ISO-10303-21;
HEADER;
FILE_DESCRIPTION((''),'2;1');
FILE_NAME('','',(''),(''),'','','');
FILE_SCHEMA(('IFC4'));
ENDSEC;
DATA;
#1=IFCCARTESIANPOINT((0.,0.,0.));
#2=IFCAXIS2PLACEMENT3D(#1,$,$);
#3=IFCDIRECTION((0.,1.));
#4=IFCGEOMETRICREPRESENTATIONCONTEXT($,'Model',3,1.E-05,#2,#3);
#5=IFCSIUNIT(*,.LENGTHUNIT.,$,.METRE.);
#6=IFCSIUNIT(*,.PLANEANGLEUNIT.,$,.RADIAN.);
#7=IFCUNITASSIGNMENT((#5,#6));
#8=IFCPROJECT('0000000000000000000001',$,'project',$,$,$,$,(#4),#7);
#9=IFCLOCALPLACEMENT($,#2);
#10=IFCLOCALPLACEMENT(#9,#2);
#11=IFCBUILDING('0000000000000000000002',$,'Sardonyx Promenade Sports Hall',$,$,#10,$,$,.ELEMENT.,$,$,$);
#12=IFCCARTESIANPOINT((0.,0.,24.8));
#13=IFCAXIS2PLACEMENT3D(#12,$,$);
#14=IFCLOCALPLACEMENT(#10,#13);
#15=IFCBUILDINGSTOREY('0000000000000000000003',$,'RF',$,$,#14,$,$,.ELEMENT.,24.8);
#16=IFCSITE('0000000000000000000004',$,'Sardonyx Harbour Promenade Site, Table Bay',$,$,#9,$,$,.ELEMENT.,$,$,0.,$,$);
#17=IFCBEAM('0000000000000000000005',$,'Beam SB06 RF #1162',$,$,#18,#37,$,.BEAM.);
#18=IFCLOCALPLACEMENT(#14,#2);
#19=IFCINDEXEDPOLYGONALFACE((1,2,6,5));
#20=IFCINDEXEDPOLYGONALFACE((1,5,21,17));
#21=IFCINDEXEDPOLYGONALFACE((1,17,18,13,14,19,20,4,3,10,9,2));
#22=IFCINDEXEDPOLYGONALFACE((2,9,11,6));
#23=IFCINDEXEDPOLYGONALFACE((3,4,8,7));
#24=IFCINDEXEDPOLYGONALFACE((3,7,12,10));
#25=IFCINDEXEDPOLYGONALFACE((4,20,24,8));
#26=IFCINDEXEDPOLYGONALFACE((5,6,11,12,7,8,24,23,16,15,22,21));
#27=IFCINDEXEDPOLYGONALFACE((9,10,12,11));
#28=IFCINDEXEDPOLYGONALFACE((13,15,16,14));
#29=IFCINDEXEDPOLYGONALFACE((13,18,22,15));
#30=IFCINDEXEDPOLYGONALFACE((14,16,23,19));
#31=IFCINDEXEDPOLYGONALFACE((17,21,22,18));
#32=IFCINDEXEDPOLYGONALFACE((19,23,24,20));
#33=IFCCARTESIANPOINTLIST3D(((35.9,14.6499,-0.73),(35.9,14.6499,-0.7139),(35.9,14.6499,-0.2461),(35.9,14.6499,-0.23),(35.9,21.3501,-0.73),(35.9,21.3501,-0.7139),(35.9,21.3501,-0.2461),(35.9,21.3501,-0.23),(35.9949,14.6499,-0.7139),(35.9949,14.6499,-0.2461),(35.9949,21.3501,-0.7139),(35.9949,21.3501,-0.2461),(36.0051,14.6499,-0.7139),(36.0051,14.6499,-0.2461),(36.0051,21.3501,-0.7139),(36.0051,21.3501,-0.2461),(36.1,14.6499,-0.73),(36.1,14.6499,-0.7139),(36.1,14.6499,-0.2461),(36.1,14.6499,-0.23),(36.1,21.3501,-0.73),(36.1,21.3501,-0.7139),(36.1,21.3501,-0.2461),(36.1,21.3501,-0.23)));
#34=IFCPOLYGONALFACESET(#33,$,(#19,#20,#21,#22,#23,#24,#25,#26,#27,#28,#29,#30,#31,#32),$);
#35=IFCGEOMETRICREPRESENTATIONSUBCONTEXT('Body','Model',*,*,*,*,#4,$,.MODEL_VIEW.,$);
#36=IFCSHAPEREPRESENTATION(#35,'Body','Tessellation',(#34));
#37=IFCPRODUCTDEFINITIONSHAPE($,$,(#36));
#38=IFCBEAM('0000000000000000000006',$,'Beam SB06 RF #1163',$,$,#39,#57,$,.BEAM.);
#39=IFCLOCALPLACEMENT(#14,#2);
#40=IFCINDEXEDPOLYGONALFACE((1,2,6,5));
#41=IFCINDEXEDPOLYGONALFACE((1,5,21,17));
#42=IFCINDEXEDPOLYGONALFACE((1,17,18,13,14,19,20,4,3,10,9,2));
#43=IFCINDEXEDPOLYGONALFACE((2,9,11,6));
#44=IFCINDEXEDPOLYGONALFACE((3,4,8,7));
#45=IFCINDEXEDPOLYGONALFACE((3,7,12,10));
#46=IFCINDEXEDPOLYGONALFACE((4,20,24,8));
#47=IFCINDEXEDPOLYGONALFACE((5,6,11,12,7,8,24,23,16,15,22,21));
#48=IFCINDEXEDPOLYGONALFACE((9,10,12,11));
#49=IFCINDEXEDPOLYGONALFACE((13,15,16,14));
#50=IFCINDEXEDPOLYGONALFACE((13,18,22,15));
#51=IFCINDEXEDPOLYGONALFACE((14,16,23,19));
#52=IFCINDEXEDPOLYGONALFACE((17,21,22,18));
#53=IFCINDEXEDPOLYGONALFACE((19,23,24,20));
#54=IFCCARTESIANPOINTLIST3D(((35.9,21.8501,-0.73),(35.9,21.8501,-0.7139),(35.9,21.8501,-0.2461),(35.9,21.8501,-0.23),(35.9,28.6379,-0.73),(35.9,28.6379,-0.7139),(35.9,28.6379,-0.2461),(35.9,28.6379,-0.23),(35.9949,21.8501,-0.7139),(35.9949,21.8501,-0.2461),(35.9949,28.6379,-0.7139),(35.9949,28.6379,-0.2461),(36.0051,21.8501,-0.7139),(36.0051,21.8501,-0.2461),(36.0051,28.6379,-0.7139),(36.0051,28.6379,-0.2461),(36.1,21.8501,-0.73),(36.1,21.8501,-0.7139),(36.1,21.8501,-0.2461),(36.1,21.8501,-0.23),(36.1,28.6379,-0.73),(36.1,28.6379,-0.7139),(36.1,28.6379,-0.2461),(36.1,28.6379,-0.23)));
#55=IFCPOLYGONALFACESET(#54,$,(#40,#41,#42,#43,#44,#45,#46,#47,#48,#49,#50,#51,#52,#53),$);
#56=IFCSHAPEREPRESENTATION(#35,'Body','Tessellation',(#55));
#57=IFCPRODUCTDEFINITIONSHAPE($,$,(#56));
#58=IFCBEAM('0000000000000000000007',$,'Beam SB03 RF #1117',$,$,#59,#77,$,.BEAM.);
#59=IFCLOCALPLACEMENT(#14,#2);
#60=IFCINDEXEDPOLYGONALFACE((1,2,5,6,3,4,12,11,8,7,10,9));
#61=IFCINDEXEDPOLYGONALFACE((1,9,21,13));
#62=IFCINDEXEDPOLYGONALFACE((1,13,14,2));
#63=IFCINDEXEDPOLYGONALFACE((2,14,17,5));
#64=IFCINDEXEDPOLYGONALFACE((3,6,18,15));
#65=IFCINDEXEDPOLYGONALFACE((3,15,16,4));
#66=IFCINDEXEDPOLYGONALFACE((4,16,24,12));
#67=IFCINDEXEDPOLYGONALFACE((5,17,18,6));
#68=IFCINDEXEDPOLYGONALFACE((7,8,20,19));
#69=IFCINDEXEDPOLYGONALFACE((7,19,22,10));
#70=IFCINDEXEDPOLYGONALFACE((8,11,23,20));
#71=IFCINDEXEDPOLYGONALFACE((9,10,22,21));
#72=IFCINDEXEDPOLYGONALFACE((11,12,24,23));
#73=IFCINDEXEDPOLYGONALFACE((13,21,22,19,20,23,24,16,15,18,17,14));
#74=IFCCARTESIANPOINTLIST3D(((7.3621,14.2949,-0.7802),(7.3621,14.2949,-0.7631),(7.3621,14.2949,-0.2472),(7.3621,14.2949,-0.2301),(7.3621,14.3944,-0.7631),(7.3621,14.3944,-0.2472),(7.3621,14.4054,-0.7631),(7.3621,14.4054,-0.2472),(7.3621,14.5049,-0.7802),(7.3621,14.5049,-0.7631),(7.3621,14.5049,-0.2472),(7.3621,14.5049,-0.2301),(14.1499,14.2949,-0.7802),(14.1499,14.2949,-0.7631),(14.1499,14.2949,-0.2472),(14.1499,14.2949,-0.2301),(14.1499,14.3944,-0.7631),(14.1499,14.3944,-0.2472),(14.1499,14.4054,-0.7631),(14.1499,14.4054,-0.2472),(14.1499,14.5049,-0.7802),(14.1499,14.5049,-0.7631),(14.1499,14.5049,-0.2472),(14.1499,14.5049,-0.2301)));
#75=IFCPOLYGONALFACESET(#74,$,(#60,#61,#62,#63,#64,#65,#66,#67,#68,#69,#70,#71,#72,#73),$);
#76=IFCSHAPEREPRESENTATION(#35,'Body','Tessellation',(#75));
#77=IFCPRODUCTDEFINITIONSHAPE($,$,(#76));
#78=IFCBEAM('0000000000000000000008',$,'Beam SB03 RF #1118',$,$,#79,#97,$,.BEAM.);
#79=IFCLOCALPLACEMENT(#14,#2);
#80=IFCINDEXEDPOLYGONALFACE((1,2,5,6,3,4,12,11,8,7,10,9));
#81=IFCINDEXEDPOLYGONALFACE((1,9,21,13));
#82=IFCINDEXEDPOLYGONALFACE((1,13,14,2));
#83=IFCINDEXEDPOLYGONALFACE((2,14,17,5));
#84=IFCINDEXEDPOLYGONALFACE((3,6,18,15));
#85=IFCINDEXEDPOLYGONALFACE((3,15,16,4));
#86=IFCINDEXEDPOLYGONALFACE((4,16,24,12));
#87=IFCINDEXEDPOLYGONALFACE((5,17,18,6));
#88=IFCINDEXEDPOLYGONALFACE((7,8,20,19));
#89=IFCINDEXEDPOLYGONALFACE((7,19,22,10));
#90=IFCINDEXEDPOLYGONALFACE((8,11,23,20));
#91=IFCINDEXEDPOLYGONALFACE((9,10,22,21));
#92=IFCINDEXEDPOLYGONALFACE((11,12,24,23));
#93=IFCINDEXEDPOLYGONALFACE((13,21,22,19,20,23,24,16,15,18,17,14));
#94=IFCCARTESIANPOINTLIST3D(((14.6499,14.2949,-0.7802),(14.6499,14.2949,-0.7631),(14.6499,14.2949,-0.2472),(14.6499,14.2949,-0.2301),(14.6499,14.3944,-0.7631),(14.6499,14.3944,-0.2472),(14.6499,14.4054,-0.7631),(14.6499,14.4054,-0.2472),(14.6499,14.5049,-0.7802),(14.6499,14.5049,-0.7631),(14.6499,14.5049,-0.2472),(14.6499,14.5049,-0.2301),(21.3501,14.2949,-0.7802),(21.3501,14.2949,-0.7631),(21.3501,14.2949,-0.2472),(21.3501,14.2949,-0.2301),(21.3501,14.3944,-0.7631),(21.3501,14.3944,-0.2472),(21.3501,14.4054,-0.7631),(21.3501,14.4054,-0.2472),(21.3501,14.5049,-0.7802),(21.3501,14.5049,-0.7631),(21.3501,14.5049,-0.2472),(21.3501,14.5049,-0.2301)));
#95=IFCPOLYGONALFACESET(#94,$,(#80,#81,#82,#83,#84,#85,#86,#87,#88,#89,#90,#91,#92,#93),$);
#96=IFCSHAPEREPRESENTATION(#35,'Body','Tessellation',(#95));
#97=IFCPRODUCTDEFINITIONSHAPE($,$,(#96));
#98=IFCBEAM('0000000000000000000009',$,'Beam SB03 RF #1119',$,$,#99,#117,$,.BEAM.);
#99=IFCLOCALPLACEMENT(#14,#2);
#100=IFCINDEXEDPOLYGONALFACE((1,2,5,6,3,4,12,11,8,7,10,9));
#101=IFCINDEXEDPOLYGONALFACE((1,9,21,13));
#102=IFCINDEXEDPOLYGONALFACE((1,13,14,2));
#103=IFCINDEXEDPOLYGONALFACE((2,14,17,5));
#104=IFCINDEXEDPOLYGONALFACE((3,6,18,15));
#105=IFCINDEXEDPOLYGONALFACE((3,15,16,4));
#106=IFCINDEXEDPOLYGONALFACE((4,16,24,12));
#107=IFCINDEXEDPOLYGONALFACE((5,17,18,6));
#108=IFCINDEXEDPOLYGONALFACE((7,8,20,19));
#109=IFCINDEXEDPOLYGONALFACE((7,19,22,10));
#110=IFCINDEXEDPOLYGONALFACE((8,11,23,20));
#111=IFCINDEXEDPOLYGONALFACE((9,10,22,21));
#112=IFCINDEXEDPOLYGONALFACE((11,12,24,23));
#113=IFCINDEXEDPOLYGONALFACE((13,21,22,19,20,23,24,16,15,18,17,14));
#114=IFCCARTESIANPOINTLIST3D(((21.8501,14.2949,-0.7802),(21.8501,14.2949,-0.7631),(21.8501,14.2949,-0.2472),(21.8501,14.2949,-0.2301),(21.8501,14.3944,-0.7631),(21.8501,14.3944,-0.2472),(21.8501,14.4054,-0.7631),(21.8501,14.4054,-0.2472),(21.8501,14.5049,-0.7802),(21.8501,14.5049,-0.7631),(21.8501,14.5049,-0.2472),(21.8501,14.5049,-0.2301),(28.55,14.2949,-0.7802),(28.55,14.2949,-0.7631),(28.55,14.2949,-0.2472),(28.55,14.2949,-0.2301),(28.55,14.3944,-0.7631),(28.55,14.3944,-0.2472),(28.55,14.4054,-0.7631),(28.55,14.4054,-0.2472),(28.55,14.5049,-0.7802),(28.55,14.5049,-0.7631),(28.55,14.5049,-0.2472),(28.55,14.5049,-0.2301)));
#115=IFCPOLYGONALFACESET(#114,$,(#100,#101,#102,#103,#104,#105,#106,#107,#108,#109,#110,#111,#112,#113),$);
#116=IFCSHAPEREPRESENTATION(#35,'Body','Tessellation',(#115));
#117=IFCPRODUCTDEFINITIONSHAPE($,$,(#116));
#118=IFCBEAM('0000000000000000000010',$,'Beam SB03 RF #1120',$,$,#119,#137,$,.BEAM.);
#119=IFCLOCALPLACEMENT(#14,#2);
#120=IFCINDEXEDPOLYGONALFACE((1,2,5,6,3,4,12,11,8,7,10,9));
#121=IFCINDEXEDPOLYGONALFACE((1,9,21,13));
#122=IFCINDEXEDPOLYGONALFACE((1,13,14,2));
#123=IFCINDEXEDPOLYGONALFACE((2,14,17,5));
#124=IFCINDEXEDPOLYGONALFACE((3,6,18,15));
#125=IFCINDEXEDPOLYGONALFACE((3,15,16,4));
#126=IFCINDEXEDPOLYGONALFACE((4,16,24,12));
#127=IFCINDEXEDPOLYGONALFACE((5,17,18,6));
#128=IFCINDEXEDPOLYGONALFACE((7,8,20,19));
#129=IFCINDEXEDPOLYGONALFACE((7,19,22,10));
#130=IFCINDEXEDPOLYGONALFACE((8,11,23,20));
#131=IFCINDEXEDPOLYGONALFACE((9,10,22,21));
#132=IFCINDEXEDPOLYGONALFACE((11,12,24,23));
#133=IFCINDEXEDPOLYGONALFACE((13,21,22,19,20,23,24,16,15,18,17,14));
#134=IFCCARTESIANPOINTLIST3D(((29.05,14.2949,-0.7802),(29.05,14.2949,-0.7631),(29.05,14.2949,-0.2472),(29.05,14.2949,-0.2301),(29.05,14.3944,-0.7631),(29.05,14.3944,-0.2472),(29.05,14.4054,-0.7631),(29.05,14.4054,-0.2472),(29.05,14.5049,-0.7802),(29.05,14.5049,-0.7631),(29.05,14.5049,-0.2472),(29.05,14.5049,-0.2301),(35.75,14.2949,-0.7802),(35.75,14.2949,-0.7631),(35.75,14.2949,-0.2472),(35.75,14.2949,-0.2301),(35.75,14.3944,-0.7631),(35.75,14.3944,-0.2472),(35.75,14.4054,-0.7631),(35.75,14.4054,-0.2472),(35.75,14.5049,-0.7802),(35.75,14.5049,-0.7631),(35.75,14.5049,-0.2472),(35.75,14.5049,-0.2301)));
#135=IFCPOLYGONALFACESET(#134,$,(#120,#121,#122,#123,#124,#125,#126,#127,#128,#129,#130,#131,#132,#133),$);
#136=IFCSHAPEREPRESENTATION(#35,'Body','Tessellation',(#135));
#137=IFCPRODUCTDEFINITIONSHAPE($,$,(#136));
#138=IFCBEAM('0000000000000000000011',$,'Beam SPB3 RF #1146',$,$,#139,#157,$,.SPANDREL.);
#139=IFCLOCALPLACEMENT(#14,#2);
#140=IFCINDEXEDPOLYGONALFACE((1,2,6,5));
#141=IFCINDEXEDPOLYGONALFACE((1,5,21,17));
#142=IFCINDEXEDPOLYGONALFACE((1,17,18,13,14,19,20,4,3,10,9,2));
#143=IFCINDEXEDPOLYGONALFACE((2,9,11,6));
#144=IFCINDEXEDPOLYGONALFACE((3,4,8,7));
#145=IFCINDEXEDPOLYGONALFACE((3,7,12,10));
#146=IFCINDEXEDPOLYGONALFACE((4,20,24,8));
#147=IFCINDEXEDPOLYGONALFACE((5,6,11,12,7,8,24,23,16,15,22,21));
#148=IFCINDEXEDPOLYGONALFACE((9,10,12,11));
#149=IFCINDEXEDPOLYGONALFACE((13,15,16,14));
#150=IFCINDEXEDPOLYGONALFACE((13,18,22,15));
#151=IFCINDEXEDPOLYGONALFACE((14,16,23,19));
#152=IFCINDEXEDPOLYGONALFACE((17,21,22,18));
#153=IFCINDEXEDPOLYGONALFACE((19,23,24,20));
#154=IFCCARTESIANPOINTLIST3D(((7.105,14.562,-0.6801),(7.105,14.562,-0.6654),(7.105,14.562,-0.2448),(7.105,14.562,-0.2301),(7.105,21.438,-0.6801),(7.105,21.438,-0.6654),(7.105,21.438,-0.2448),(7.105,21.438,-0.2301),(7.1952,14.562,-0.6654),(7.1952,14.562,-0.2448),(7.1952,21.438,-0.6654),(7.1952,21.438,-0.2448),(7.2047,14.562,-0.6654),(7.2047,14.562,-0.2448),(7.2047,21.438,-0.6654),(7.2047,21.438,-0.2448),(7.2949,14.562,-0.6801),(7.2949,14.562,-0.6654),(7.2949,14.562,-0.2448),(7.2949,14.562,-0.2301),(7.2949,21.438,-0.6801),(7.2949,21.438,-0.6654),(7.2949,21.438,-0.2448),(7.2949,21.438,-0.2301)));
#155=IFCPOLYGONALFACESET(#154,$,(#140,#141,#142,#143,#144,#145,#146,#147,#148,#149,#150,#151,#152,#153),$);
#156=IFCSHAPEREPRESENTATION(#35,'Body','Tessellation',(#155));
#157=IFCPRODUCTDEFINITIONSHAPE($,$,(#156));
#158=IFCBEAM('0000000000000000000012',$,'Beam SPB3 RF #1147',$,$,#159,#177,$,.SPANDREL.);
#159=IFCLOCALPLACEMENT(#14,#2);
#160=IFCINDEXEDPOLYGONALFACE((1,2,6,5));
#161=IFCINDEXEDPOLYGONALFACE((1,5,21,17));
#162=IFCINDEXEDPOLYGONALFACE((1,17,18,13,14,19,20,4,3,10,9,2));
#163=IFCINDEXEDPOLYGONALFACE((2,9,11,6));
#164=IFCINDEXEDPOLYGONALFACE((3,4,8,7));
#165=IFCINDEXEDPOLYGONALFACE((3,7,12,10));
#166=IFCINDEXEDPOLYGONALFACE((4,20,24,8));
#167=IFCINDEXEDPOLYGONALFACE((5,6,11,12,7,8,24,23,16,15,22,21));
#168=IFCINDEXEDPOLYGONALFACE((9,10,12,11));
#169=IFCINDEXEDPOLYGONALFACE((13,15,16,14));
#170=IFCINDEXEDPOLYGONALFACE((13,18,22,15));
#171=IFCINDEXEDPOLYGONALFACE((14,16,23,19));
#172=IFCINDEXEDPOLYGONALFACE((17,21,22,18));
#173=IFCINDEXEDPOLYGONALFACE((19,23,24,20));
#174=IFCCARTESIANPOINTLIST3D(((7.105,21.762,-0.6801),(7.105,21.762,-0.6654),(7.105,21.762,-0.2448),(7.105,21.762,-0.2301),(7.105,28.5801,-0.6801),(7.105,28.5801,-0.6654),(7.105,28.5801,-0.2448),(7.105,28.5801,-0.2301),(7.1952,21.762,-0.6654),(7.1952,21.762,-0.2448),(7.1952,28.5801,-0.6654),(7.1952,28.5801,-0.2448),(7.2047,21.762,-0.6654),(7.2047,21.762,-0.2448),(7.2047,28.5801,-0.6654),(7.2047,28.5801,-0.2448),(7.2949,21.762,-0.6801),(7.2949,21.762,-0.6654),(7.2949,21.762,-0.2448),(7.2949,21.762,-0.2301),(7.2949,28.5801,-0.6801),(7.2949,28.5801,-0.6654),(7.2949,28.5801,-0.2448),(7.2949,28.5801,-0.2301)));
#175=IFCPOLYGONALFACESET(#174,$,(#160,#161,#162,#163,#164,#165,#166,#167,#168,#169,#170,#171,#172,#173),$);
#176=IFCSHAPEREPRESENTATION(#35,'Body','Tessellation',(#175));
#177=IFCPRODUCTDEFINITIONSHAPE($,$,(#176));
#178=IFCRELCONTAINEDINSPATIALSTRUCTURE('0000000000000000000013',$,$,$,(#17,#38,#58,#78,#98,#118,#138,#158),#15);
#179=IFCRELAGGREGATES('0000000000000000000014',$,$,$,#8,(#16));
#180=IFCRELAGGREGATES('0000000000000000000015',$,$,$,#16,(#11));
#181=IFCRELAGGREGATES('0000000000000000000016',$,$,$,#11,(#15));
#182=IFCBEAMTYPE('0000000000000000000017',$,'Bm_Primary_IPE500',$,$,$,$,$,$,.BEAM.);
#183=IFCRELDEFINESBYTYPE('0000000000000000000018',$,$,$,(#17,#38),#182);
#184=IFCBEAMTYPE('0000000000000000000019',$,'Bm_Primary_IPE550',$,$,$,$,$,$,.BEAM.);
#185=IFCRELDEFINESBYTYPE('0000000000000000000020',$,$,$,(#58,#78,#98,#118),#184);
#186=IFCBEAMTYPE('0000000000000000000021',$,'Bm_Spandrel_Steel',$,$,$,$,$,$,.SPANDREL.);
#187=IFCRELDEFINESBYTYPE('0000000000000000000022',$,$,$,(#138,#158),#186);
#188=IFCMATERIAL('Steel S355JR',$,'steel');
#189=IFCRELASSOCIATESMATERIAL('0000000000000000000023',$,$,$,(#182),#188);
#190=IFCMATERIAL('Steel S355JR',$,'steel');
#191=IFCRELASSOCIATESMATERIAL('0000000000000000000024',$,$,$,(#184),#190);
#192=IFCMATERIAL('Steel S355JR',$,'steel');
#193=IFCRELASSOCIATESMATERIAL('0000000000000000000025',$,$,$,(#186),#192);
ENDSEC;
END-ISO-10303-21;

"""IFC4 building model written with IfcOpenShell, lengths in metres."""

from ifc_helpers import new_model, si_unit, direction, frame, origin, origin_2d, place, context, subcontext, project, spatial, i_section, extrude, material, material_profile, profile_set, type_object, element, save


model = new_model("IFC4")

# Units and contexts
model_context = context("Model", 3, precision=1e-05, world=origin(), true_north=direction((0.0, 1.0)))
body_context = subcontext(model_context, "Body", "Model", "MODEL_VIEW")
ifc_project = project(units=[si_unit("LENGTHUNIT", "METRE"), si_unit("PLANEANGLEUNIT", "RADIAN")], contexts=[model_context])

# Site, building, storey
site_placement = place(None, origin())
site = spatial("IfcSite", under=ifc_project, at=site_placement, Name="Sardonyx Harbour Promenade Site, Table Bay", CompositionType="ELEMENT", RefElevation=0.0)
building_placement = place(site_placement, origin())
building = spatial("IfcBuilding", under=site, at=building_placement, Name="Sardonyx Promenade Sports Hall", CompositionType="ELEMENT")
storey_placement = place(building_placement, frame((0.0, 0.0, 24.8)))
storey = spatial("IfcBuildingStorey", under=building, at=storey_placement, Name="RF", CompositionType="ELEMENT", Elevation=24.8)

# Beams
ifc_material_1 = material(Name="Steel S355JR", Category="steel")
ifc_material_profile_1 = material_profile(ifc_material_1, i_section(OverallWidth=0.2, OverallDepth=0.5, WebThickness=0.0103, FlangeThickness=0.0161, at=origin_2d()))
ifc_profile_set_1 = profile_set([ifc_material_profile_1], Name="Steel S355JR")
beam_type_1 = type_object("IfcBeamType", Name="Bm_Primary_IPE500", PredefinedType="BEAM", material=ifc_profile_set_1)
beam_1_placement = place(storey_placement, frame((36.0, 14.6499, -0.48), z_axis=(0.0, 1.0, 0.0), x_axis=(-1.0, 0.0, 0.0)))
element("IfcBeam", 1, at=beam_1_placement, inside=storey, type_object=beam_type_1, Name="Beam SB06 RF #1162", PredefinedType="BEAM", context=body_context, shape_type="SweptSolid", body=[
    extrude(i_section(OverallWidth=0.2, OverallDepth=0.5, WebThickness=0.0103, FlangeThickness=0.0161, at=origin_2d()), origin(), (0.0, 0.0, 1.0), 6.7002),
])
beam_2_placement = place(storey_placement, frame((36.0, 21.8501, -0.48), z_axis=(0.0, 1.0, 0.0), x_axis=(-1.0, 0.0, 0.0)))
element("IfcBeam", 2, at=beam_2_placement, inside=storey, type_object=beam_type_1, Name="Beam SB06 RF #1163", PredefinedType="BEAM", context=body_context, shape_type="SweptSolid", body=[
    extrude(i_section(OverallWidth=0.2, OverallDepth=0.5, WebThickness=0.0103, FlangeThickness=0.0161, at=origin_2d()), origin(), (0.0, 0.0, 1.0), 6.7878),
])
ifc_material_2 = material(Name="Steel S355JR", Category="steel")
ifc_material_profile_2 = material_profile(ifc_material_2, i_section(OverallWidth=0.21, OverallDepth=0.55, WebThickness=0.011, FlangeThickness=0.0171, at=origin_2d()))
ifc_profile_set_2 = profile_set([ifc_material_profile_2], Name="Steel S355JR")
beam_type_2 = type_object("IfcBeamType", Name="Bm_Primary_IPE550", PredefinedType="BEAM", material=ifc_profile_set_2)
beam_3_placement = place(storey_placement, frame((7.3621, 14.3999, -0.5051), z_axis=(1.0, 0.0, 0.0), x_axis=(0.0, 1.0, 0.0)))
element("IfcBeam", 3, at=beam_3_placement, inside=storey, type_object=beam_type_2, Name="Beam SB03 RF #1117", PredefinedType="BEAM", context=body_context, shape_type="SweptSolid", body=[
    extrude(i_section(OverallWidth=0.21, OverallDepth=0.55, WebThickness=0.011, FlangeThickness=0.0171, at=origin_2d()), origin(), (0.0, 0.0, 1.0), 6.7878),
])
beam_4_placement = place(storey_placement, frame((14.6499, 14.3999, -0.5051), z_axis=(1.0, 0.0, 0.0), x_axis=(0.0, 1.0, 0.0)))
element("IfcBeam", 4, at=beam_4_placement, inside=storey, type_object=beam_type_2, Name="Beam SB03 RF #1118", PredefinedType="BEAM", context=body_context, shape_type="SweptSolid", body=[
    extrude(i_section(OverallWidth=0.21, OverallDepth=0.55, WebThickness=0.011, FlangeThickness=0.0171, at=origin_2d()), origin(), (0.0, 0.0, 1.0), 6.7002),
])
for number, where, z_axis, x_axis, name in (
    (5, (21.8501, 14.3999, -0.5051), (1.0, 0.0, 0.0), (0.0, 1.0, 0.0), "Beam SB03 RF #1119"),
    (6, (29.05, 14.3999, -0.5051), (1.0, 0.0, 0.0), (0.0, 1.0, 0.0), "Beam SB03 RF #1120"),
):
    element("IfcBeam", number, at=place(storey_placement, frame(where, z_axis=z_axis, x_axis=x_axis)), inside=storey, type_object=beam_type_2, Name=name, PredefinedType="BEAM", context=body_context, shape_type="SweptSolid", body=[
        extrude(i_section(OverallWidth=0.21, OverallDepth=0.55, WebThickness=0.011, FlangeThickness=0.0171, at=origin_2d()), origin(), (0.0, 0.0, 1.0), 6.7),
    ])
ifc_material_3 = material(Name="Steel S355JR", Category="steel")
ifc_material_profile_3 = material_profile(ifc_material_3, i_section(OverallWidth=0.1899, OverallDepth=0.45, WebThickness=0.0095, FlangeThickness=0.0146, at=origin_2d()))
ifc_profile_set_3 = profile_set([ifc_material_profile_3], Name="Steel S355JR")
beam_type_3 = type_object("IfcBeamType", Name="Bm_Spandrel_Steel", PredefinedType="SPANDREL", material=ifc_profile_set_3)
beam_5_placement = place(storey_placement, frame((7.2, 14.562, -0.4551), z_axis=(0.0, 1.0, 0.0), x_axis=(-1.0, 0.0, 0.0)))
element("IfcBeam", 7, at=beam_5_placement, inside=storey, type_object=beam_type_3, Name="Beam SPB3 RF #1146", PredefinedType="SPANDREL", context=body_context, shape_type="SweptSolid", body=[
    extrude(i_section(OverallWidth=0.1899, OverallDepth=0.45, WebThickness=0.0095, FlangeThickness=0.0146, at=origin_2d()), origin(), (0.0, 0.0, 1.0), 6.876),
])
beam_6_placement = place(storey_placement, frame((7.2, 21.762, -0.4551), z_axis=(0.0, 1.0, 0.0), x_axis=(-1.0, 0.0, 0.0)))
element("IfcBeam", 8, at=beam_6_placement, inside=storey, type_object=beam_type_3, Name="Beam SPB3 RF #1147", PredefinedType="SPANDREL", context=body_context, shape_type="SweptSolid", body=[
    extrude(i_section(OverallWidth=0.1899, OverallDepth=0.45, WebThickness=0.0095, FlangeThickness=0.0146, at=origin_2d()), origin(), (0.0, 0.0, 1.0), 6.8181),
])

save(model, "model.ifc")
